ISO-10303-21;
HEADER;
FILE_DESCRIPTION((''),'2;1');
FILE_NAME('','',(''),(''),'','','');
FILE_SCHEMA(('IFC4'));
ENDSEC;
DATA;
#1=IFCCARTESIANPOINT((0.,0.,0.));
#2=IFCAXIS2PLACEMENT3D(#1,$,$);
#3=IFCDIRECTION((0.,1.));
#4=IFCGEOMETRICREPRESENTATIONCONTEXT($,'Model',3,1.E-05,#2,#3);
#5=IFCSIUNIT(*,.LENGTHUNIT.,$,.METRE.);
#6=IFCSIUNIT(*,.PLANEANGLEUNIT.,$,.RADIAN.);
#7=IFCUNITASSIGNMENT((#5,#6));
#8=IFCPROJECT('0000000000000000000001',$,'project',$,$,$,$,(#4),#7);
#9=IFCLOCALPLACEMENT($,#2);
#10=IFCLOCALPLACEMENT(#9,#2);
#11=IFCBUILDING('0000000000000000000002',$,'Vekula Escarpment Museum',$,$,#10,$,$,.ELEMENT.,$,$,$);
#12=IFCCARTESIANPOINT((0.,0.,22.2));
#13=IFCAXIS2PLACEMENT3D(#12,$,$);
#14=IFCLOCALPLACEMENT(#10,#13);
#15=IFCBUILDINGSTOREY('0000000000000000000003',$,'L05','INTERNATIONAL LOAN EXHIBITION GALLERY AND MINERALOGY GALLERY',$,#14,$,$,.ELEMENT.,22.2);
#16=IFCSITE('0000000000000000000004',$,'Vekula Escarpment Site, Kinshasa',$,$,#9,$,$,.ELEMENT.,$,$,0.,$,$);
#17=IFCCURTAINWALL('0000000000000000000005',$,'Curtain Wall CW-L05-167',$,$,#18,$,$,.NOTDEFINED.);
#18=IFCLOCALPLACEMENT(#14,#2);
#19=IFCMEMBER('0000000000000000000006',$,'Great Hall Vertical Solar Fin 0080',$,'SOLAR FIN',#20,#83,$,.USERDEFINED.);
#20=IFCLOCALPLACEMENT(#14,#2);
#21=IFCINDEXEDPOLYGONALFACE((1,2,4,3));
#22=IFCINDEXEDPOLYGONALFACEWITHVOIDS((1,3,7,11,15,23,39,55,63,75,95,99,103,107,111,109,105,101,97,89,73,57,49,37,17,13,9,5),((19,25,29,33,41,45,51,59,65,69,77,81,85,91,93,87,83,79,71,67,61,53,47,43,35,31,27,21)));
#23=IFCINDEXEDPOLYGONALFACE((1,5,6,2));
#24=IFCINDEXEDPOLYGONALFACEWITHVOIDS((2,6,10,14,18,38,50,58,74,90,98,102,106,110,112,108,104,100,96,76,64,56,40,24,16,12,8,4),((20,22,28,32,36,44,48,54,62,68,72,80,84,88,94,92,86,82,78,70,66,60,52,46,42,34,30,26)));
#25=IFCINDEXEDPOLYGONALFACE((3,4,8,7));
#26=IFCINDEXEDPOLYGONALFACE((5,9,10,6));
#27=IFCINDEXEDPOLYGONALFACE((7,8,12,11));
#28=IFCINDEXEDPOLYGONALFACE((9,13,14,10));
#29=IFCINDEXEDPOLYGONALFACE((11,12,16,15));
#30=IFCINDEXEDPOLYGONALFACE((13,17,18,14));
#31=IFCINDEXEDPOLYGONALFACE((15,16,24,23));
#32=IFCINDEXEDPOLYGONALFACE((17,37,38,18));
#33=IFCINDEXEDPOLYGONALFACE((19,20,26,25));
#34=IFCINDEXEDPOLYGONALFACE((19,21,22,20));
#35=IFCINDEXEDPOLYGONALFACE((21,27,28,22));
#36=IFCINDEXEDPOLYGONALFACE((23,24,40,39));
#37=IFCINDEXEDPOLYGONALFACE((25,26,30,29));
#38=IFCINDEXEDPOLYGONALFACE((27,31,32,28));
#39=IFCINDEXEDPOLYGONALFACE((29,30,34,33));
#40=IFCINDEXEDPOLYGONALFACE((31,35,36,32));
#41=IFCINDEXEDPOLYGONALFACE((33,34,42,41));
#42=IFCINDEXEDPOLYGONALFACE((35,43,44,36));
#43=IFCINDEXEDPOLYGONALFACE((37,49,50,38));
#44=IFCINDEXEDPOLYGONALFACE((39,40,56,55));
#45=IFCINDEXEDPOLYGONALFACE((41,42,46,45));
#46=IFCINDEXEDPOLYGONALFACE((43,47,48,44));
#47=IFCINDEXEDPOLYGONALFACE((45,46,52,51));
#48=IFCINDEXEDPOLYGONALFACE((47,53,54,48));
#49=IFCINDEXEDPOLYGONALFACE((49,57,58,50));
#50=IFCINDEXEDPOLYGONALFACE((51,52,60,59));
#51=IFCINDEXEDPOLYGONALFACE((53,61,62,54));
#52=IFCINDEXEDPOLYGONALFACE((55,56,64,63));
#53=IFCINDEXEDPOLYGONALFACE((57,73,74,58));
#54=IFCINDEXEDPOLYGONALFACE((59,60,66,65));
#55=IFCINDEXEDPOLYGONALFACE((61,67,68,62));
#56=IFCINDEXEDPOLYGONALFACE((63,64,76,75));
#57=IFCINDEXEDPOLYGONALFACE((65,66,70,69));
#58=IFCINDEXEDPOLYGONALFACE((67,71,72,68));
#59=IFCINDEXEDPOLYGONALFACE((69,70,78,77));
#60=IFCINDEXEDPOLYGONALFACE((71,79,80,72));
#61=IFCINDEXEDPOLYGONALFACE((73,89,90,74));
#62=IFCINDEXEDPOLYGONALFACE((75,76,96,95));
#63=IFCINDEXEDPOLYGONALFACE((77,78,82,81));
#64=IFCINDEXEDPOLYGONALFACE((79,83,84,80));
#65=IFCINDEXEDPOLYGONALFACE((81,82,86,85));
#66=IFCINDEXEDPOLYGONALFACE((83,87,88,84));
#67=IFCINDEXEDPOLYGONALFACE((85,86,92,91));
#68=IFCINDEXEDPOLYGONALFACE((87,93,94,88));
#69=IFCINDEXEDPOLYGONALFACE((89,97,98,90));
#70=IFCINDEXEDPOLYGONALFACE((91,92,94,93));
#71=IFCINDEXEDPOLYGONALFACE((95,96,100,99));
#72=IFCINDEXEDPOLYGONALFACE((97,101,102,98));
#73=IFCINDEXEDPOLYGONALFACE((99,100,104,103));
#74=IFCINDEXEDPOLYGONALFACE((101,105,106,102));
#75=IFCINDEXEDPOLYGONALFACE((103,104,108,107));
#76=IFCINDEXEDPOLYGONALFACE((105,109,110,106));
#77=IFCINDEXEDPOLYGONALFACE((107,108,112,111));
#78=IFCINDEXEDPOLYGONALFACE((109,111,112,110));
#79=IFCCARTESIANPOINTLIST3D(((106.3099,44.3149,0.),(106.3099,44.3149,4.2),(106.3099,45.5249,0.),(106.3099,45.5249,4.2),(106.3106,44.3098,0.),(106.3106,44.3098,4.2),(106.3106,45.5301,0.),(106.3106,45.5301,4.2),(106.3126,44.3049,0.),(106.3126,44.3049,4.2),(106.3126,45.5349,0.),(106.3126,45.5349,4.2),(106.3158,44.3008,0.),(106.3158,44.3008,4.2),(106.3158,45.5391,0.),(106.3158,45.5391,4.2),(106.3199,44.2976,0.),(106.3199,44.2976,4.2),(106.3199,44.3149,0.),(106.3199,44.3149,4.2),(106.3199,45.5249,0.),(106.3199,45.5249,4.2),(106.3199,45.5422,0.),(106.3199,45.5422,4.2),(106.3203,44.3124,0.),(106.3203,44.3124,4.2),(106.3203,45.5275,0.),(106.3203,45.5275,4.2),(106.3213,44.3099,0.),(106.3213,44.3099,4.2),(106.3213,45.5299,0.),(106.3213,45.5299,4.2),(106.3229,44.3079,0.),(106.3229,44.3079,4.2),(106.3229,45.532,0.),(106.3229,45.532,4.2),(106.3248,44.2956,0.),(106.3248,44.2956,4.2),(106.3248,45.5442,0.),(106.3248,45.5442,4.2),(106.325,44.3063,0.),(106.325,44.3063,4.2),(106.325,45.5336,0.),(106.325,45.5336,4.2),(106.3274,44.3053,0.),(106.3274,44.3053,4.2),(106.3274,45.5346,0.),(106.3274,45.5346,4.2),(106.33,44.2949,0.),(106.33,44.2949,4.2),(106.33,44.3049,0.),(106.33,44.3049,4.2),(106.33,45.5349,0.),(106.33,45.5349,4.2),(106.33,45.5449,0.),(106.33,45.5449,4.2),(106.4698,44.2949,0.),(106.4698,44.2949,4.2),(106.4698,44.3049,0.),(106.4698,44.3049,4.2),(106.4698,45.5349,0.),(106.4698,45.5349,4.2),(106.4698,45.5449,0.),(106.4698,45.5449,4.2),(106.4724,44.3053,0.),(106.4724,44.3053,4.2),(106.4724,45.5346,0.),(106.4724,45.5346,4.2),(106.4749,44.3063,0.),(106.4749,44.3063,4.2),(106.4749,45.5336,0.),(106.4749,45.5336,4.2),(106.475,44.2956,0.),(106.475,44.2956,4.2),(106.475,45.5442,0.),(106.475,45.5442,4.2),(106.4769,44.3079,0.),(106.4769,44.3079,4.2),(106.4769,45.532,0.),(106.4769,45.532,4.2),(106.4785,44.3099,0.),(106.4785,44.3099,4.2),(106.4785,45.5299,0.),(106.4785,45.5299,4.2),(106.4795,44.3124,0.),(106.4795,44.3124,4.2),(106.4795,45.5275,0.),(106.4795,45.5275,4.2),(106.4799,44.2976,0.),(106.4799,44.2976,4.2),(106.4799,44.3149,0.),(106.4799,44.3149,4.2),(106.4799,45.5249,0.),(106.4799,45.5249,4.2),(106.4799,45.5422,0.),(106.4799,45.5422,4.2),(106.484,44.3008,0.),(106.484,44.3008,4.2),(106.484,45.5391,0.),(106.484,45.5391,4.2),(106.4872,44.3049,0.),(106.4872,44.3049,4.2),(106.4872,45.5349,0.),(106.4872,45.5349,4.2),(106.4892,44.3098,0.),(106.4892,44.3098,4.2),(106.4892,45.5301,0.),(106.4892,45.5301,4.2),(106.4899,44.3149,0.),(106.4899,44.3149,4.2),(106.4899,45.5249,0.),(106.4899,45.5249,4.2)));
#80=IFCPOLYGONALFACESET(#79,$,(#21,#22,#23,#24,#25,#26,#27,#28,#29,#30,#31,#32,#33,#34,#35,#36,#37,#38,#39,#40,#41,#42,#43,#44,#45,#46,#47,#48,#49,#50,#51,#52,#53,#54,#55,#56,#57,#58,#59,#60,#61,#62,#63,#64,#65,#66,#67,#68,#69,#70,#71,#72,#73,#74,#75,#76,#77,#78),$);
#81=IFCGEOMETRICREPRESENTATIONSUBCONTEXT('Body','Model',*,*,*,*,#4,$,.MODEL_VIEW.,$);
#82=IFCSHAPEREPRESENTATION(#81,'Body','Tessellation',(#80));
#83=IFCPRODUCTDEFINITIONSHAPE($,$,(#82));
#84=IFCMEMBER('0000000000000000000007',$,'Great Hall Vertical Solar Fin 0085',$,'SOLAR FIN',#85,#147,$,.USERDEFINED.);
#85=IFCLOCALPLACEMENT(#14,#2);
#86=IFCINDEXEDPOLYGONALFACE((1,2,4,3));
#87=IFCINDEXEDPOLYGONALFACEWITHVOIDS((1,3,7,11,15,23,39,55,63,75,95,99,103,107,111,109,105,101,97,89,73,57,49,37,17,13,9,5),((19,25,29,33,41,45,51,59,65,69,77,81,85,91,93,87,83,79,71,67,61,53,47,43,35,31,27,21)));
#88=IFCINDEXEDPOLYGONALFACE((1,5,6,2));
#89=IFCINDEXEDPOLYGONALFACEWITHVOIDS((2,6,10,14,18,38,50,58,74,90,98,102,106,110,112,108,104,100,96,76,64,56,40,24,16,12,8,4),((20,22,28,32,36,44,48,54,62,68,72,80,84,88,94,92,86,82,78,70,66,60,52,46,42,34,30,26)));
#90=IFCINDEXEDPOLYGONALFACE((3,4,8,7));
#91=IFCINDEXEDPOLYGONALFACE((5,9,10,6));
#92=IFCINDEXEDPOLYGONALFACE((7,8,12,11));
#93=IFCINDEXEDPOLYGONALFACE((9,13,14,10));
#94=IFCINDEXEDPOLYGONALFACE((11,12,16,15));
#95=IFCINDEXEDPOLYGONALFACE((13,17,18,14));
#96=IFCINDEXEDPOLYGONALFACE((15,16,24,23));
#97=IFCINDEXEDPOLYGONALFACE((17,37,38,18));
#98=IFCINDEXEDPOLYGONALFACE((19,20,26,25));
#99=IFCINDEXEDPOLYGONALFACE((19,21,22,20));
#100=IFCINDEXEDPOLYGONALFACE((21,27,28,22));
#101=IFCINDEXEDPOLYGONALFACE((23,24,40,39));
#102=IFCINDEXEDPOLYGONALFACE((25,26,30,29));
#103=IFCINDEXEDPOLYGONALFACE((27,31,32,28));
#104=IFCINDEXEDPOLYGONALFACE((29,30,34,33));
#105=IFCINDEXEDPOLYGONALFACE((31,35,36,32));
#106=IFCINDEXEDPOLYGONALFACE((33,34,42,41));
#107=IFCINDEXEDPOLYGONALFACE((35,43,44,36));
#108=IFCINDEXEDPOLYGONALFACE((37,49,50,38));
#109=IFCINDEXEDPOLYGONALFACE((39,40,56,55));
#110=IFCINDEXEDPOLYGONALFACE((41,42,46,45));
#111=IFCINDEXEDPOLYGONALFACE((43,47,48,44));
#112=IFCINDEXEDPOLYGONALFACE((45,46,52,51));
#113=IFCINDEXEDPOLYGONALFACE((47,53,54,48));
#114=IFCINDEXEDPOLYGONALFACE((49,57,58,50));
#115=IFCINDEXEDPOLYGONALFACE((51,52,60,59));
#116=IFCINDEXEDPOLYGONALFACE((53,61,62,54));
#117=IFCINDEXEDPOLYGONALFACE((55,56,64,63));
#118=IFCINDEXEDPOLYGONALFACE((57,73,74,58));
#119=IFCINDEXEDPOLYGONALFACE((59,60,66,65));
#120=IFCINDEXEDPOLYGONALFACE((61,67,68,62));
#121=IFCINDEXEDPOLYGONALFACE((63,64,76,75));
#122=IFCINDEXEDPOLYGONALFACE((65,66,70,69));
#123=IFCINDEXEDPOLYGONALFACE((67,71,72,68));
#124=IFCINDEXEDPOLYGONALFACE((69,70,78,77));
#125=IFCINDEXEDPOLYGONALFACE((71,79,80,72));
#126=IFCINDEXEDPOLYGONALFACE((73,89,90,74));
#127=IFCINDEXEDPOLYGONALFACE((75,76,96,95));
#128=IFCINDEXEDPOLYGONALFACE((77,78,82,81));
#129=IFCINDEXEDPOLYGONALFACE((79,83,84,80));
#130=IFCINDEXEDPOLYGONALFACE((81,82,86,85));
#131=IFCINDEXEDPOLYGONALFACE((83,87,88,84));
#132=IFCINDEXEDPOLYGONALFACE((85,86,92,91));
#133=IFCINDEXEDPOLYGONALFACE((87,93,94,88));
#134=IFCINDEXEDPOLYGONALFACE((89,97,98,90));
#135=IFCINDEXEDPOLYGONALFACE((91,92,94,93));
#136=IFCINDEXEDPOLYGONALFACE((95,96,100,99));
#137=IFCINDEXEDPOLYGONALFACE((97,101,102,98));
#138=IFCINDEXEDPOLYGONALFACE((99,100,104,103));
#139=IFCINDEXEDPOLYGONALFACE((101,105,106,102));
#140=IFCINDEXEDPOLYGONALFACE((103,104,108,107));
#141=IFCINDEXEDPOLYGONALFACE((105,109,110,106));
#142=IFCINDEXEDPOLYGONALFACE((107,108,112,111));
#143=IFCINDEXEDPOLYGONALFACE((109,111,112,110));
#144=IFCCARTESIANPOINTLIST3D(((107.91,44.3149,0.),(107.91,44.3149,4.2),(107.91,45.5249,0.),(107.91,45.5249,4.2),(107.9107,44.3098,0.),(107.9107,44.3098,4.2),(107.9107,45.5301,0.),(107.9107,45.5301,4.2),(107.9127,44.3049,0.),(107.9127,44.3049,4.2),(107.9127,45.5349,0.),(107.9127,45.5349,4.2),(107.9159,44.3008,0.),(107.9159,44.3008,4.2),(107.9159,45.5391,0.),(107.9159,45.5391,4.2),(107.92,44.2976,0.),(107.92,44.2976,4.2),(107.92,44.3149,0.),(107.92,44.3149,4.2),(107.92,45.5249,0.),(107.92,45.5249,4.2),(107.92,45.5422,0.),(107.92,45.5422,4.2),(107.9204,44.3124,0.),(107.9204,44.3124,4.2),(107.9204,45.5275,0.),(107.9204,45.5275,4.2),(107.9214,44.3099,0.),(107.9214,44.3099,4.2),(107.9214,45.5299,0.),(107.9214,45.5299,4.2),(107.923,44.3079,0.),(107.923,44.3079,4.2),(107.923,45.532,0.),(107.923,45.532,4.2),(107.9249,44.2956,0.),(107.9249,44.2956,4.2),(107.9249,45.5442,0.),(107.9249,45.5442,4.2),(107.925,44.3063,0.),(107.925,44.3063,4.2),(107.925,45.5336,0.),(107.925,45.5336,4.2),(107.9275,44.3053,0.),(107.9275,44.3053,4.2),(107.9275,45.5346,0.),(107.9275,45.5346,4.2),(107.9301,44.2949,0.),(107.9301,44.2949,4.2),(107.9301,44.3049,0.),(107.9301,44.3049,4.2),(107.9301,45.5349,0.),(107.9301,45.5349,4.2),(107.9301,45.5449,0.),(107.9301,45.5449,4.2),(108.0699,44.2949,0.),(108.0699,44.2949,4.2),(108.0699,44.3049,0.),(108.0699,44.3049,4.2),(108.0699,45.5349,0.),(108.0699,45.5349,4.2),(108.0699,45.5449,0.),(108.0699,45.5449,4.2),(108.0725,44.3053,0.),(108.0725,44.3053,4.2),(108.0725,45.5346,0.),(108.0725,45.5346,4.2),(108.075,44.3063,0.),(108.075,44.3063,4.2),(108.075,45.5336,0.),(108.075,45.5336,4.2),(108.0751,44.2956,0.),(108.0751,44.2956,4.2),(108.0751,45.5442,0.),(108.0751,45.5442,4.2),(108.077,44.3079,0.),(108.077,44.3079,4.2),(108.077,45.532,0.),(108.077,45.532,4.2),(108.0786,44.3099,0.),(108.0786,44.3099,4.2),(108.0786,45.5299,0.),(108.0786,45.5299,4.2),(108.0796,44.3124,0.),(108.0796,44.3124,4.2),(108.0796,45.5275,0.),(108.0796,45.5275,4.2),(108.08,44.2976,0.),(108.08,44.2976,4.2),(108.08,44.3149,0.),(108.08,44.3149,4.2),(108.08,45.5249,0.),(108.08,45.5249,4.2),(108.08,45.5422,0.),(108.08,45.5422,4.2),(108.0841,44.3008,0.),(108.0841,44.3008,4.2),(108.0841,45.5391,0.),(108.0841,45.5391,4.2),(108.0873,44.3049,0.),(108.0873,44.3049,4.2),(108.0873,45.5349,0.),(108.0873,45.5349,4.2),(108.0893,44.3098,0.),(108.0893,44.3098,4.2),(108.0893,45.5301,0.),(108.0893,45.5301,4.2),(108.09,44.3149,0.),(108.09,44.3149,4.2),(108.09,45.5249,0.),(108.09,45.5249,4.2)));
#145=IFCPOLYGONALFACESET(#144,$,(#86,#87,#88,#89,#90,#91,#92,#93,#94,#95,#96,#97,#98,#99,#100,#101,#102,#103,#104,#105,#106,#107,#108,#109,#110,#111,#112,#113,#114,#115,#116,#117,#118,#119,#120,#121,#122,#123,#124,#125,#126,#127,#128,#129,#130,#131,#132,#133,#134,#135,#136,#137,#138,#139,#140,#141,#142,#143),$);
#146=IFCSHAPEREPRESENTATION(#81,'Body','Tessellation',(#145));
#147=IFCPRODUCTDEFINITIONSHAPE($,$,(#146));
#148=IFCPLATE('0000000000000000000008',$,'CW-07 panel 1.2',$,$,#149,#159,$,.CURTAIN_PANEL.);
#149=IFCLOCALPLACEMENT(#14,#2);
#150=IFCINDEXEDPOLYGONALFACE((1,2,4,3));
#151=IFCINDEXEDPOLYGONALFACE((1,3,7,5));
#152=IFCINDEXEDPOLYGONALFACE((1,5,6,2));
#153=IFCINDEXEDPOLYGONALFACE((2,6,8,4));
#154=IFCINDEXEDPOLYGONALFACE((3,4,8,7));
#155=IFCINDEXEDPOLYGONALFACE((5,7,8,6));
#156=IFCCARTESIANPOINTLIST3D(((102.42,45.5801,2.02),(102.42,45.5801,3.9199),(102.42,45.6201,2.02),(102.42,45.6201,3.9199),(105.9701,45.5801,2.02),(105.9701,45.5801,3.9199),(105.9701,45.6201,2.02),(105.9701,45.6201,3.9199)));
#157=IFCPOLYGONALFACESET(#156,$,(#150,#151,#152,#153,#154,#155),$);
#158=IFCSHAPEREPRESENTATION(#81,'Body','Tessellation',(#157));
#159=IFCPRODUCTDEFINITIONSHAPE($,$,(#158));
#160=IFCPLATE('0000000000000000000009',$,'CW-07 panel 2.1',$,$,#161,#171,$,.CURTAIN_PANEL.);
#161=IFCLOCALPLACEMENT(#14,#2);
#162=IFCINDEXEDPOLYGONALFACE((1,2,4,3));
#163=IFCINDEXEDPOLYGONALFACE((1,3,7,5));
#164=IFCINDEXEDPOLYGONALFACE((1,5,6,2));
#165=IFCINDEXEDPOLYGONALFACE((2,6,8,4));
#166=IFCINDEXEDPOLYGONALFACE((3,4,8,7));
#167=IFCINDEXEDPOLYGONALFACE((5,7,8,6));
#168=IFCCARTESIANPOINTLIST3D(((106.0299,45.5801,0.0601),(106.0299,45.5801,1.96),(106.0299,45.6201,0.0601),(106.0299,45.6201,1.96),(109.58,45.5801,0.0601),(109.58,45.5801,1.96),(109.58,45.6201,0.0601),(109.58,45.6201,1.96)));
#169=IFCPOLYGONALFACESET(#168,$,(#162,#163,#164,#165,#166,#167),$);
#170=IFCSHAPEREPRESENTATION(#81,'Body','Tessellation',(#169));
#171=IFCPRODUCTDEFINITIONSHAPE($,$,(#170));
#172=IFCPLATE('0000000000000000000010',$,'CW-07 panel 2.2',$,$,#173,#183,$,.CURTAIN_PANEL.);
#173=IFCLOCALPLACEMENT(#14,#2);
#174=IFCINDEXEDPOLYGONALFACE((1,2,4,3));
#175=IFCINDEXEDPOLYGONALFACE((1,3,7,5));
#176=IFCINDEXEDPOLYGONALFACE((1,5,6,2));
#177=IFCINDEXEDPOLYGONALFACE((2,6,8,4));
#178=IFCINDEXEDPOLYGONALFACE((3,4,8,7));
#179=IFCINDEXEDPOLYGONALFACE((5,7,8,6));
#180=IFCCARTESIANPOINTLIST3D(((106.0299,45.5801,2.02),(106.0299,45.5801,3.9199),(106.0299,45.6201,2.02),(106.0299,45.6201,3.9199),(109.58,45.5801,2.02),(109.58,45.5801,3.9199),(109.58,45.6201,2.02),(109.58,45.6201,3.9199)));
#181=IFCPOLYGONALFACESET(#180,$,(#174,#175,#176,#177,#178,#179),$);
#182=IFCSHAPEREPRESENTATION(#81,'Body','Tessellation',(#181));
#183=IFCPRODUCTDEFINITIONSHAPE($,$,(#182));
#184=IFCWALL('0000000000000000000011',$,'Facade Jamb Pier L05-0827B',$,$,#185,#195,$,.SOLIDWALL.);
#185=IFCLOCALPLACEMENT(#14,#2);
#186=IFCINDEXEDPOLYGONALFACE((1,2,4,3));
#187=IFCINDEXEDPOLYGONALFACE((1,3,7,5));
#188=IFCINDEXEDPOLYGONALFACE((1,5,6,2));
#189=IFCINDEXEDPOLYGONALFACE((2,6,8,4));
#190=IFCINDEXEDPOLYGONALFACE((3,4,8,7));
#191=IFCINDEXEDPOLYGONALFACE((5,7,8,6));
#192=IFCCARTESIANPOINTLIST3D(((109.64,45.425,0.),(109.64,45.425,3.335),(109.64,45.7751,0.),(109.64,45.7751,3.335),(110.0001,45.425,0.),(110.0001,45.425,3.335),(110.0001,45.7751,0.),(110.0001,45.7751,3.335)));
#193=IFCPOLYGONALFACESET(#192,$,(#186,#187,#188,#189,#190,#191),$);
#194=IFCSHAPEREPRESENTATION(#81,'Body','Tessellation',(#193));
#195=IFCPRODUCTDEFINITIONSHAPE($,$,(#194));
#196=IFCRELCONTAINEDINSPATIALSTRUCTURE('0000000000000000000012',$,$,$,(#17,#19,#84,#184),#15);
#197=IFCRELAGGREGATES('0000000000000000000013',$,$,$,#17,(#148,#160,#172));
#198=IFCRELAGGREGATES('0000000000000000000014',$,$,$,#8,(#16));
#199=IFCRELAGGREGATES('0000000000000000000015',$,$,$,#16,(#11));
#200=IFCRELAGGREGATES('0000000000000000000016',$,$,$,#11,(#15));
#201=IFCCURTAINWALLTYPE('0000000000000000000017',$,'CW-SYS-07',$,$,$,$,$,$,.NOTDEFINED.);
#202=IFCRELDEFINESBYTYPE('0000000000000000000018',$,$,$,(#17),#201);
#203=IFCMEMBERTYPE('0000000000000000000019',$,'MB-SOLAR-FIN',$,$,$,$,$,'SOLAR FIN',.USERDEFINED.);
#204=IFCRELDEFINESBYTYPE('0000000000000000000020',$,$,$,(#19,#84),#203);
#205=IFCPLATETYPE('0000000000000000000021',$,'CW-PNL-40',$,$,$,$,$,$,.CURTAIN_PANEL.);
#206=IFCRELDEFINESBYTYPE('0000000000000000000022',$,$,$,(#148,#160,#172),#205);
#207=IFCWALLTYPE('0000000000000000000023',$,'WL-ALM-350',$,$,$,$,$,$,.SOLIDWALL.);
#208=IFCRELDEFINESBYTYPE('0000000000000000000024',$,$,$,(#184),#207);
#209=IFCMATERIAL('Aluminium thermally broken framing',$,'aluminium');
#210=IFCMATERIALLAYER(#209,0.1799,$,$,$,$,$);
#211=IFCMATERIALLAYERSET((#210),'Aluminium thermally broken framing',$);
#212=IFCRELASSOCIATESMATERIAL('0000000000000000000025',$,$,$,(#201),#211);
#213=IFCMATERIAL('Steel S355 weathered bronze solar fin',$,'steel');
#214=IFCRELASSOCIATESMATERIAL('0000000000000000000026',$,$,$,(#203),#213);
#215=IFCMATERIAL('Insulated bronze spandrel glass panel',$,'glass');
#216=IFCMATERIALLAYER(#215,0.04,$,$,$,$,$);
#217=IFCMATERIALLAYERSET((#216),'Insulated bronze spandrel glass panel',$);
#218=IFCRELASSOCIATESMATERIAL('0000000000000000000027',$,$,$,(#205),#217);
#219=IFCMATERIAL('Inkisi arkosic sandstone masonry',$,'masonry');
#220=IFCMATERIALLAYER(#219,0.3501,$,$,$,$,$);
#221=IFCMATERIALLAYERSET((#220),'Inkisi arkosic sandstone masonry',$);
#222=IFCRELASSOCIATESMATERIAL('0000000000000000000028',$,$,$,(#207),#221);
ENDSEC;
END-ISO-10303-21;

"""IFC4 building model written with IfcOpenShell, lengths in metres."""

from ifc_helpers import new_model, si_unit, direction, frame, frame_2d, origin, origin_2d, place, context, subcontext, project, spatial, rectangle, hollow_rectangle, extrude, material, layer, layer_set, material_profile, profile_set, type_object, element, aggregate, save


model = new_model("IFC4")

# Units and contexts
model_context = context("Model", 3, precision=1e-05, world=origin(), true_north=direction((0.0, 1.0)))
body_context = subcontext(model_context, "Body", "Model", "MODEL_VIEW")
ifc_project = project(units=[si_unit("LENGTHUNIT", "METRE"), si_unit("PLANEANGLEUNIT", "RADIAN")], contexts=[model_context])

# Site, building, storey
site_placement = place(None, origin())
site = spatial("IfcSite", under=ifc_project, at=site_placement, Name="Vekula Escarpment Site, Kinshasa", CompositionType="ELEMENT", RefElevation=0.0)
building_placement = place(site_placement, origin())
building = spatial("IfcBuilding", under=site, at=building_placement, Name="Vekula Escarpment Museum", CompositionType="ELEMENT")
storey_placement = place(building_placement, frame((0.0, 0.0, 22.2)))
storey = spatial("IfcBuildingStorey", under=building, at=storey_placement, Name="L05", Description="INTERNATIONAL LOAN EXHIBITION GALLERY AND MINERALOGY GALLERY", CompositionType="ELEMENT", Elevation=22.2)

# Curtain wall
ifc_material_1 = material(Name="Aluminium thermally broken framing", Category="aluminium")
ifc_layer_1 = layer(ifc_material_1, 0.1799)
ifc_layer_set_1 = layer_set([ifc_layer_1], Name="Aluminium thermally broken framing")
curtain_wall_type_1 = type_object("IfcCurtainWallType", Name="CW-SYS-07", PredefinedType="NOTDEFINED", material=ifc_layer_set_1)
curtain_wall_1_placement = place(storey_placement, origin())
curtain_wall_1 = element("IfcCurtainWall", 1, at=curtain_wall_1_placement, inside=storey, type_object=curtain_wall_type_1, Name="Curtain Wall CW-L05-167", PredefinedType="NOTDEFINED")

# Members
ifc_material_2 = material(Name="Steel S355 weathered bronze solar fin", Category="steel")
ifc_material_profile_1 = material_profile(ifc_material_2, hollow_rectangle(XDim=0.1799, YDim=1.25, WallThickness=0.01, InnerFilletRadius=0.01, OuterFilletRadius=0.02, at=origin_2d()), Name="RHS 1250x180x10")
ifc_profile_set_1 = profile_set([ifc_material_profile_1], Name="Steel S355 weathered bronze solar fin")
member_type_1 = type_object("IfcMemberType", Name="MB-SOLAR-FIN", ElementType="SOLAR FIN", PredefinedType="USERDEFINED", material=ifc_profile_set_1)
for number, where, z_axis, x_axis, name in (
    (2, (106.3999, 44.9199, 0.0), (0.0, 0.0, 1.0), (1.0, 0.0, 0.0), "Great Hall Vertical Solar Fin 0080"),
    (3, (108.0, 44.9199, 0.0), (0.0, 0.0, 1.0), (1.0, 0.0, 0.0), "Great Hall Vertical Solar Fin 0085"),
):
    element("IfcMember", number, at=place(storey_placement, frame(where, z_axis=z_axis, x_axis=x_axis)), inside=storey, type_object=member_type_1, Name=name, ObjectType="SOLAR FIN", PredefinedType="USERDEFINED", context=body_context, shape_type="SweptSolid", body=[
        extrude(hollow_rectangle(XDim=0.1799, YDim=1.25, WallThickness=0.01, InnerFilletRadius=0.01, OuterFilletRadius=0.02, at=origin_2d()), origin(), (0.0, 0.0, 1.0), 4.2),
    ])

# Plates
ifc_material_3 = material(Name="Insulated bronze spandrel glass panel", Category="glass")
ifc_layer_2 = layer(ifc_material_3, 0.04)
ifc_layer_set_2 = layer_set([ifc_layer_2], Name="Insulated bronze spandrel glass panel")
plate_type = type_object("IfcPlateType", Name="CW-PNL-40", PredefinedType="CURTAIN_PANEL", material=ifc_layer_set_2)
plate_1_placement = place(storey_placement, frame((104.1951, 45.6001, 2.02), z_axis=(0.0, 0.0, 1.0), x_axis=(1.0, 0.0, 0.0)))
plate_1 = element("IfcPlate", 4, at=plate_1_placement, type_object=plate_type, Name="CW-07 panel 1.2", PredefinedType="CURTAIN_PANEL", context=body_context, shape_type="SweptSolid", body=[
    extrude(rectangle(XDim=3.55, YDim=0.04, at=origin_2d()), origin(), (0.0, 0.0, 1.0), 1.8999),
])
plate_2_placement = place(storey_placement, frame((107.8049, 45.6001, 0.0601), z_axis=(0.0, 0.0, 1.0), x_axis=(1.0, 0.0, 0.0)))
plate_2 = element("IfcPlate", 5, at=plate_2_placement, type_object=plate_type, Name="CW-07 panel 2.1", PredefinedType="CURTAIN_PANEL", context=body_context, shape_type="SweptSolid", body=[
    extrude(rectangle(XDim=3.55, YDim=0.04, at=origin_2d()), origin(), (0.0, 0.0, 1.0), 1.8999),
])
plate_3_placement = place(storey_placement, frame((107.8049, 45.6001, 2.02), z_axis=(0.0, 0.0, 1.0), x_axis=(1.0, 0.0, 0.0)))
plate_3 = element("IfcPlate", 6, at=plate_3_placement, type_object=plate_type, Name="CW-07 panel 2.2", PredefinedType="CURTAIN_PANEL", context=body_context, shape_type="SweptSolid", body=[
    extrude(rectangle(XDim=3.55, YDim=0.04, at=origin_2d()), origin(), (0.0, 0.0, 1.0), 1.8999),
])
aggregate(curtain_wall_1, [plate_1, plate_2, plate_3])

# Wall
ifc_material_4 = material(Name="Inkisi arkosic sandstone masonry", Category="masonry")
ifc_layer_3 = layer(ifc_material_4, 0.3501)
ifc_layer_set_3 = layer_set([ifc_layer_3], Name="Inkisi arkosic sandstone masonry")
wall_type = type_object("IfcWallType", Name="WL-ALM-350", PredefinedType="SOLIDWALL", material=ifc_layer_set_3)
for number, where, z_axis, x_axis, name in (
    (7, (109.6399, 45.6001, 0.0), (0.0, 0.0, 1.0), (1.0, 0.0, 0.0), "Facade Jamb Pier L05-0827B"),
):
    element("IfcWall", number, at=place(storey_placement, frame(where, z_axis=z_axis, x_axis=x_axis)), inside=storey, type_object=wall_type, Name=name, PredefinedType="SOLIDWALL", context=body_context, shape_type="SweptSolid", body=[
        extrude(rectangle(XDim=0.3601, YDim=0.3501, at=frame_2d((0.1802, 0.0))), origin(), (0.0, 0.0, 1.0), 3.335),
    ])

save(model, "model.ifc")
